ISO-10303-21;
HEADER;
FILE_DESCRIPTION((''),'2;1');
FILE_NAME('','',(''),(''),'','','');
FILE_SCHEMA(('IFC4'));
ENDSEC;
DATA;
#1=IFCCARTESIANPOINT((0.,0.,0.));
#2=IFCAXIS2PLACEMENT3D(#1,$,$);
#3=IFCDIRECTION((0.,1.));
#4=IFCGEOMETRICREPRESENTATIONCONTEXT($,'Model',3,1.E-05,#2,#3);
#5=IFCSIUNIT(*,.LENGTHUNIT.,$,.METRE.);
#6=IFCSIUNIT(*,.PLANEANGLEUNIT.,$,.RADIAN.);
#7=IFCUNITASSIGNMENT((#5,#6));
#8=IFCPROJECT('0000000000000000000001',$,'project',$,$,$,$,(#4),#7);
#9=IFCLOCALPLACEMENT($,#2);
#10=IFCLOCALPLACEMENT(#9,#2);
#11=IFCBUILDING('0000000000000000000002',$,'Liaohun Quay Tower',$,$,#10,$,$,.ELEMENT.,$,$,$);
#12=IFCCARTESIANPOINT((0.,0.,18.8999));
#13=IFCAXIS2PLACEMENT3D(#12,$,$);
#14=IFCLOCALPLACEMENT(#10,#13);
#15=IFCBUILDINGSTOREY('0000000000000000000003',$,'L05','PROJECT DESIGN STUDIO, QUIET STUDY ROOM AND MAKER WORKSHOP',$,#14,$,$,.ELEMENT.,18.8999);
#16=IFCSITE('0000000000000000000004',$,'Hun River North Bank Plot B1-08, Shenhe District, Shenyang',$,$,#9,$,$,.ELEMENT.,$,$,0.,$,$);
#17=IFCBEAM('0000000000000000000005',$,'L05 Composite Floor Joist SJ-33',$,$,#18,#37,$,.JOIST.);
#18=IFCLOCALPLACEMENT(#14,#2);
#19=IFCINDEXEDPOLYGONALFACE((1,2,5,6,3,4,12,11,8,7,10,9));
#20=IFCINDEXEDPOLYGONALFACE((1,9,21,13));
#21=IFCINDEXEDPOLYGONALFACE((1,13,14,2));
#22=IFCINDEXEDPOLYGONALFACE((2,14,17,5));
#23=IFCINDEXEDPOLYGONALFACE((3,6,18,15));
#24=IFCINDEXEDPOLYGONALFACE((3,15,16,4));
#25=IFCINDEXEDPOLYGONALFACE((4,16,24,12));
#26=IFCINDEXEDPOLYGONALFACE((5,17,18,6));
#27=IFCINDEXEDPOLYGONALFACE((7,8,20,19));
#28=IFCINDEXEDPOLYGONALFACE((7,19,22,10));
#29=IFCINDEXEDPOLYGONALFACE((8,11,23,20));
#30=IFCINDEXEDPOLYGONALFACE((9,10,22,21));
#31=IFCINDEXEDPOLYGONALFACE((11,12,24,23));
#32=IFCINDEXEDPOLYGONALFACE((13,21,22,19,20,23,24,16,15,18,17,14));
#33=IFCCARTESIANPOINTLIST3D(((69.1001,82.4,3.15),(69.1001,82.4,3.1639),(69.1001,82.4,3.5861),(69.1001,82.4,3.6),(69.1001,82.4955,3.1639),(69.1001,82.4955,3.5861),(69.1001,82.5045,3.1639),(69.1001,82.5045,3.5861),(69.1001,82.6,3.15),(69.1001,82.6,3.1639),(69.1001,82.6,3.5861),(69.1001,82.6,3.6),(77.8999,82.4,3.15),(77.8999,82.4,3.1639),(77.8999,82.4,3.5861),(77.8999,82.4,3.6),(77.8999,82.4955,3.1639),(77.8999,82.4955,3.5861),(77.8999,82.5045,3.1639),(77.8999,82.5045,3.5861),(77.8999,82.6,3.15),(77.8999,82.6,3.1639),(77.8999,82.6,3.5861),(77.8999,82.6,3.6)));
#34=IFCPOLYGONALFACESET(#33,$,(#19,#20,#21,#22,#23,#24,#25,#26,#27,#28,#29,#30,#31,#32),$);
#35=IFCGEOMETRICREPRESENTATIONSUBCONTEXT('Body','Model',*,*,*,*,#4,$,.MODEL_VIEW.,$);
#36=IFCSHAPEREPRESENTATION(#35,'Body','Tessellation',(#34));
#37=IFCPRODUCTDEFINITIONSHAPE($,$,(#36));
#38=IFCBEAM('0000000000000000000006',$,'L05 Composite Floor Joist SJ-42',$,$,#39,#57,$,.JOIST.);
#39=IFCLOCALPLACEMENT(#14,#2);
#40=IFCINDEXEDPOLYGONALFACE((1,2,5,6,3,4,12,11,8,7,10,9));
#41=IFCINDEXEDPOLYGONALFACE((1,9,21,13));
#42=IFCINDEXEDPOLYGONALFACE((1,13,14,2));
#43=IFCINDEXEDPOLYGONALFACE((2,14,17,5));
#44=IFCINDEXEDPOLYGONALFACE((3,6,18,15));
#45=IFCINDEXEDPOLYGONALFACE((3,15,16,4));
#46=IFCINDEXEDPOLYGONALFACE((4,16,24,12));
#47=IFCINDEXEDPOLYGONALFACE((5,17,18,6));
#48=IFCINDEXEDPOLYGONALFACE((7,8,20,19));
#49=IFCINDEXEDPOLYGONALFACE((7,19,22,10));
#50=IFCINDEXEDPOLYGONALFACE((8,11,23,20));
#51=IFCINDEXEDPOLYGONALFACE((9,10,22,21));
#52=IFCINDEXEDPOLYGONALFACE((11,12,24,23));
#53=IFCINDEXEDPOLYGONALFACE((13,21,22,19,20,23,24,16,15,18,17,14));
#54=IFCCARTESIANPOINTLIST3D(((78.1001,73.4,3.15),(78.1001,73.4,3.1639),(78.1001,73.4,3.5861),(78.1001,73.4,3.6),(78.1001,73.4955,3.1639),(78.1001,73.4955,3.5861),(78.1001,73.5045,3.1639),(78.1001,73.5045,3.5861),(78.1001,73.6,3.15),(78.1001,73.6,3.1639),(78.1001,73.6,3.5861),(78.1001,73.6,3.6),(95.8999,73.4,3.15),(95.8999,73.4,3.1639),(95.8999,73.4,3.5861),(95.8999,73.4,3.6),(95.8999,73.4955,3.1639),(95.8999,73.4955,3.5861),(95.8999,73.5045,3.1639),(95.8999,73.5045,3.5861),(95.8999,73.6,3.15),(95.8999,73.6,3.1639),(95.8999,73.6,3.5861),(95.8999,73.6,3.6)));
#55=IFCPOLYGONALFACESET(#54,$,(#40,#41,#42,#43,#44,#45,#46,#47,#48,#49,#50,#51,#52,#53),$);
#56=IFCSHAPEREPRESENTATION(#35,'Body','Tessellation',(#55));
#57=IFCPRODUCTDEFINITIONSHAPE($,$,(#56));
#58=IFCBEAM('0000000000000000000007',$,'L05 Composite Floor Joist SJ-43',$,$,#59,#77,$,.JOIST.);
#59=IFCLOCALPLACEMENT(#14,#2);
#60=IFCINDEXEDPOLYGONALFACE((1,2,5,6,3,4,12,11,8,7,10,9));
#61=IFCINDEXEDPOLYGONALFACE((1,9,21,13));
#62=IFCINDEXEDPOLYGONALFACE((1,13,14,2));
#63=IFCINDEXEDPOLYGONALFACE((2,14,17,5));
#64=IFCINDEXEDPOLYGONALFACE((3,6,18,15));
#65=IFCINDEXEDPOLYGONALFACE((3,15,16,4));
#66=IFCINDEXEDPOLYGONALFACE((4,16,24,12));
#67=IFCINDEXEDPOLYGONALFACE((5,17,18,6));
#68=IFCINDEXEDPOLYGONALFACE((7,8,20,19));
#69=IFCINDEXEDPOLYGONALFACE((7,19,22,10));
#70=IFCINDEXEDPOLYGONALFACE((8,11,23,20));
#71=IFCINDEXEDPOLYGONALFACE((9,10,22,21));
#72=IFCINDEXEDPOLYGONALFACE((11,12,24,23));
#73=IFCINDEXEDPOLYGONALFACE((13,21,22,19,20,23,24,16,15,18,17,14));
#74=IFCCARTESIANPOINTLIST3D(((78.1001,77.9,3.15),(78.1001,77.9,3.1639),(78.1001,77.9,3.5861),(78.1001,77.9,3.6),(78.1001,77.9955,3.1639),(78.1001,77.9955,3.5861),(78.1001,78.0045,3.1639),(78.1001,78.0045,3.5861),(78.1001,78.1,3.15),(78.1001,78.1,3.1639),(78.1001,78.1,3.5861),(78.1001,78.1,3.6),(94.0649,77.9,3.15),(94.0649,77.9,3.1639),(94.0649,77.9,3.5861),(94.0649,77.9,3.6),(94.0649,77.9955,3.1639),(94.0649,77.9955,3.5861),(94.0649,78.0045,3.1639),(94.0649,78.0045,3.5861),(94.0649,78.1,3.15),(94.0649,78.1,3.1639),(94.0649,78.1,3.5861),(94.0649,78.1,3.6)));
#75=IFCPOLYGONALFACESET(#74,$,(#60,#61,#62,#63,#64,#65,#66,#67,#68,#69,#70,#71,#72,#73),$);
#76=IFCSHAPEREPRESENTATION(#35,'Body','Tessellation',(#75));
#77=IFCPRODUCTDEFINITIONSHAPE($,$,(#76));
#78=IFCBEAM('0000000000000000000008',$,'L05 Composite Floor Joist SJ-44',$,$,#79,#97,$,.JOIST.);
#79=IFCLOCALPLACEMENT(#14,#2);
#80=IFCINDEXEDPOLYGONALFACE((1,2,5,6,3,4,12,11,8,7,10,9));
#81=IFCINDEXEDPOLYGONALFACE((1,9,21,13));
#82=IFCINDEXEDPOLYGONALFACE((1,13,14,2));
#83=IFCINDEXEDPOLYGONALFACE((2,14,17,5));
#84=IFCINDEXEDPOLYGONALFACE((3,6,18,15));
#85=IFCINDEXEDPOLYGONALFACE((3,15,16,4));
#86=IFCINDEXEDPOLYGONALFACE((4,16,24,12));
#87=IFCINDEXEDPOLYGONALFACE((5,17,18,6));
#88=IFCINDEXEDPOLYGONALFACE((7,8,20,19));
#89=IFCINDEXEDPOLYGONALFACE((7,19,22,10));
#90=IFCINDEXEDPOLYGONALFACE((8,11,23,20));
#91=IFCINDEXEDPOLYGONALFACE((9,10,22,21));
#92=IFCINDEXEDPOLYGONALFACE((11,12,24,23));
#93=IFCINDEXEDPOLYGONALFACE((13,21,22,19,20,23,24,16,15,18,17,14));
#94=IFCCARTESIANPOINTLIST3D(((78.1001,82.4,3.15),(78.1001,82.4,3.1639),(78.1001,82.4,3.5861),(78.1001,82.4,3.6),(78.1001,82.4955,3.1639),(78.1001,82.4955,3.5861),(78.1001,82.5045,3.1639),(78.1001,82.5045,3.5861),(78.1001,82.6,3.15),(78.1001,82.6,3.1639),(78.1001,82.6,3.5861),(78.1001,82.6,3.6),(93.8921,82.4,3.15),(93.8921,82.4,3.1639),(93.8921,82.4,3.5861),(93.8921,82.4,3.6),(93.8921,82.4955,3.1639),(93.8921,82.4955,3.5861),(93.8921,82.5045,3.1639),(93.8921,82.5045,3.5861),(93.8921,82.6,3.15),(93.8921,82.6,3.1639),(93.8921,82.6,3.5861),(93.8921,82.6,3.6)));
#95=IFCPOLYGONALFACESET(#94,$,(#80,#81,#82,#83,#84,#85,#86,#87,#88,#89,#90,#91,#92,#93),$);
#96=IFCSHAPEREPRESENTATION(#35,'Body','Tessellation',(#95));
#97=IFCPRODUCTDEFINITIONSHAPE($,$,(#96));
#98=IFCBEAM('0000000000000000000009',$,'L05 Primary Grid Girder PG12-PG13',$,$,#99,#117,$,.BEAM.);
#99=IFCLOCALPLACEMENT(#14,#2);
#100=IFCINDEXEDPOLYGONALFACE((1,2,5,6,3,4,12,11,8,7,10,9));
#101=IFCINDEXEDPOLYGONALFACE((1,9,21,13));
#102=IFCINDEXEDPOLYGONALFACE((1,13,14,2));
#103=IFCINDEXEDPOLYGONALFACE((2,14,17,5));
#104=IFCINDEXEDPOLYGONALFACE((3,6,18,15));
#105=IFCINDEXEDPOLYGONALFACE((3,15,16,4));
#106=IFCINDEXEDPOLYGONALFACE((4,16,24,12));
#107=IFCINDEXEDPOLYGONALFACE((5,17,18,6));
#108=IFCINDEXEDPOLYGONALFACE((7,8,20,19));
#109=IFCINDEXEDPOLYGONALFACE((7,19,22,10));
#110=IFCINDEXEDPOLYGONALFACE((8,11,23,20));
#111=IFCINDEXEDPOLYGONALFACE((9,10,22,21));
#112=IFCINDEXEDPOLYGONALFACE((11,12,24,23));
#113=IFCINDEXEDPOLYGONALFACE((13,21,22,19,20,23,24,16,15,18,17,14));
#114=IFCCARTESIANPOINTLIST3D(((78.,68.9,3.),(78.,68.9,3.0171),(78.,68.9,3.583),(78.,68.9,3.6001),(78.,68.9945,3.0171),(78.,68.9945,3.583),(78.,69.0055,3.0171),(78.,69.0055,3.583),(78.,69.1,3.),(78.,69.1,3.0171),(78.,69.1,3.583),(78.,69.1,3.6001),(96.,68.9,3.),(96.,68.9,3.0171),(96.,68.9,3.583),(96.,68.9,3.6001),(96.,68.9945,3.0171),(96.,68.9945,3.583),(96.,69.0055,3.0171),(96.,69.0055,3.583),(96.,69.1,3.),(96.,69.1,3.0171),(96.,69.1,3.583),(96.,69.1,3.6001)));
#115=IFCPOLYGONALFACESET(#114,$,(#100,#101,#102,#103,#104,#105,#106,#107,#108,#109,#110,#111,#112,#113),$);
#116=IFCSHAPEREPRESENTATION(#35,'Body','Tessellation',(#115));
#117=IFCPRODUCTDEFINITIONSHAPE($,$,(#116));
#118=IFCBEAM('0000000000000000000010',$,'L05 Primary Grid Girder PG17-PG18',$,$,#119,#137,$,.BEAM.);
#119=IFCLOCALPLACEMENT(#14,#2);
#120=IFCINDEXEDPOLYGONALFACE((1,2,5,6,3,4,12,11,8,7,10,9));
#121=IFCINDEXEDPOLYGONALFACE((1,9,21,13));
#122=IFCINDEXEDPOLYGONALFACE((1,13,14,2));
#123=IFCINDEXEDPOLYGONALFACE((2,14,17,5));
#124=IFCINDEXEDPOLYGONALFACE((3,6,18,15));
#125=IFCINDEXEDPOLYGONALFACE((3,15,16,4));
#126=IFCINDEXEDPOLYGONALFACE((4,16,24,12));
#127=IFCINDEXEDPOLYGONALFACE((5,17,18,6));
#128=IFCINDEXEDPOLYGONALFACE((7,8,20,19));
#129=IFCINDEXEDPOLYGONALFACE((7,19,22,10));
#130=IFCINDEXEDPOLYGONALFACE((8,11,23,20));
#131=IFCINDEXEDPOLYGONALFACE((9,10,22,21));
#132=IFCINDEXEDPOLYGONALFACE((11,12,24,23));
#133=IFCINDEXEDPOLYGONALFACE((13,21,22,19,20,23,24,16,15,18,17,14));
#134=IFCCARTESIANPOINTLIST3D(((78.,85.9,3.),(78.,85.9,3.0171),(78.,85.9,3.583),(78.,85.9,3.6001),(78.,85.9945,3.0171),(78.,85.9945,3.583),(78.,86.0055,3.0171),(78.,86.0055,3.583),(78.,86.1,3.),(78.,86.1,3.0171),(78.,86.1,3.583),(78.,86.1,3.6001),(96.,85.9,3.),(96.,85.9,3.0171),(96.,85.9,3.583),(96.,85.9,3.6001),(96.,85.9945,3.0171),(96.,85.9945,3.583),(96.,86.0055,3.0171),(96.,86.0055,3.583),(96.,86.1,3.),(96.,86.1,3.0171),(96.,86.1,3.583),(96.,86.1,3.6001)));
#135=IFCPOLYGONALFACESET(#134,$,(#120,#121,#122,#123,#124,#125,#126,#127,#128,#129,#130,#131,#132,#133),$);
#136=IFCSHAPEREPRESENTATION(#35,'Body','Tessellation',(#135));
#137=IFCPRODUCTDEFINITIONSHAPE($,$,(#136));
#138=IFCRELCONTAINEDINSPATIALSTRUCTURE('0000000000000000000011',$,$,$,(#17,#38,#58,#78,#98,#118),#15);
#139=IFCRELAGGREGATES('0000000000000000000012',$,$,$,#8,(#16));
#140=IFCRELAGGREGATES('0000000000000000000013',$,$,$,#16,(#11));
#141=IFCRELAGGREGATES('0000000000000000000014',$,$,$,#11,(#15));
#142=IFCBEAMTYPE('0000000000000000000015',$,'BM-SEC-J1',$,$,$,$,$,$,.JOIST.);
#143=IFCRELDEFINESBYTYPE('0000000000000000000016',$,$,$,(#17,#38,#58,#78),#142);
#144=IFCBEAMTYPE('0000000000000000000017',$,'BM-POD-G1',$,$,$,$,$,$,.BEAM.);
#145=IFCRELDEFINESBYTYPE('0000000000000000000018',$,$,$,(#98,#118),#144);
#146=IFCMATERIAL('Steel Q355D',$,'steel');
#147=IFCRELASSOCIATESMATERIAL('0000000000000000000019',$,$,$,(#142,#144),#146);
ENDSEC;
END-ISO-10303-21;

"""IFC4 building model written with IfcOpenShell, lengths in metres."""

from ifc_helpers import new_model, si_unit, direction, frame, origin, origin_2d, place, context, subcontext, project, spatial, i_section, extrude, source, transform, mapped, material, material_profile, profile_set, type_object, element, save


model = new_model("IFC4")

# Units and contexts
model_context = context("Model", 3, precision=1e-05, world=origin(), true_north=direction((0.0, 1.0)))
body_context = subcontext(model_context, "Body", "Model", "MODEL_VIEW")
ifc_project = project(units=[si_unit("LENGTHUNIT", "METRE"), si_unit("PLANEANGLEUNIT", "RADIAN")], contexts=[model_context])

# Site, building, storey
site_placement = place(None, origin())
site = spatial("IfcSite", under=ifc_project, at=site_placement, Name="Hun River North Bank Plot B1-08, Shenhe District, Shenyang", CompositionType="ELEMENT", RefElevation=0.0)
building_placement = place(site_placement, origin())
building = spatial("IfcBuilding", under=site, at=building_placement, Name="Liaohun Quay Tower", CompositionType="ELEMENT")
storey_placement = place(building_placement, frame((0.0, 0.0, 18.8999)))
storey = spatial("IfcBuildingStorey", under=building, at=storey_placement, Name="L05", Description="PROJECT DESIGN STUDIO, QUIET STUDY ROOM AND MAKER WORKSHOP", CompositionType="ELEMENT", Elevation=18.8999)

# Beams
ifc_material_1 = material(Name="Steel Q355D", Category="steel")
ifc_material_profile_1 = material_profile(ifc_material_1, i_section(OverallWidth=0.2, OverallDepth=0.45, WebThickness=0.009, FlangeThickness=0.0139, at=origin_2d()), Name="HN450x200x9x14")
ifc_profile_set_1 = profile_set([ifc_material_profile_1], Name="Steel Q355D")
beam_type_1 = type_object("IfcBeamType", Name="BM-SEC-J1", PredefinedType="JOIST", material=ifc_profile_set_1)
shared_shape_1 = source(origin(), body_context, "Body", "SweptSolid", [
    extrude(i_section(OverallWidth=0.2, OverallDepth=0.45, WebThickness=0.009, FlangeThickness=0.0139, at=origin_2d()), origin(), (0.0, 0.0, 1.0), 8.7998),
])
beam_1_placement = place(storey_placement, frame((69.1001, 82.5, 3.375), z_axis=(1.0, 0.0, 0.0), x_axis=(0.0, 1.0, 0.0)))
element("IfcBeam", 1, at=beam_1_placement, inside=storey, type_object=beam_type_1, Name="L05 Composite Floor Joist SJ-33", PredefinedType="JOIST", context=body_context, shape_type="MappedRepresentation", body=[
    mapped(shared_shape_1, transform((0.0, 0.0, 0.0), x_axis=(1.0, 0.0, 0.0), y_axis=(0.0, 1.0, 0.0), z_axis=(0.0, 0.0, 1.0), scale=1.0)),
])
shared_shape_2 = source(origin(), body_context, "Body", "SweptSolid", [
    extrude(i_section(OverallWidth=0.2, OverallDepth=0.45, WebThickness=0.009, FlangeThickness=0.0139, at=origin_2d()), origin(), (0.0, 0.0, 1.0), 17.7998),
])
beam_2_placement = place(storey_placement, frame((78.1001, 73.5, 3.375), z_axis=(1.0, 0.0, 0.0), x_axis=(0.0, 1.0, 0.0)))
element("IfcBeam", 2, at=beam_2_placement, inside=storey, type_object=beam_type_1, Name="L05 Composite Floor Joist SJ-42", PredefinedType="JOIST", context=body_context, shape_type="MappedRepresentation", body=[
    mapped(shared_shape_2, transform((0.0, 0.0, 0.0), x_axis=(1.0, 0.0, 0.0), y_axis=(0.0, 1.0, 0.0), z_axis=(0.0, 0.0, 1.0), scale=1.0)),
])
shared_shape_3 = source(origin(), body_context, "Body", "SweptSolid", [
    extrude(i_section(OverallWidth=0.2, OverallDepth=0.45, WebThickness=0.009, FlangeThickness=0.0139, at=origin_2d()), origin(), (0.0, 0.0, 1.0), 15.9648),
])
beam_3_placement = place(storey_placement, frame((78.1001, 78.0, 3.375), z_axis=(1.0, 0.0, 0.0), x_axis=(0.0, 1.0, 0.0)))
element("IfcBeam", 3, at=beam_3_placement, inside=storey, type_object=beam_type_1, Name="L05 Composite Floor Joist SJ-43", PredefinedType="JOIST", context=body_context, shape_type="MappedRepresentation", body=[
    mapped(shared_shape_3, transform((0.0, 0.0, 0.0), x_axis=(1.0, 0.0, 0.0), y_axis=(0.0, 1.0, 0.0), z_axis=(0.0, 0.0, 1.0), scale=1.0)),
])
shared_shape_4 = source(origin(), body_context, "Body", "SweptSolid", [
    extrude(i_section(OverallWidth=0.2, OverallDepth=0.45, WebThickness=0.009, FlangeThickness=0.0139, at=origin_2d()), origin(), (0.0, 0.0, 1.0), 15.792),
])
beam_4_placement = place(storey_placement, frame((78.1001, 82.5, 3.375), z_axis=(1.0, 0.0, 0.0), x_axis=(0.0, 1.0, 0.0)))
element("IfcBeam", 4, at=beam_4_placement, inside=storey, type_object=beam_type_1, Name="L05 Composite Floor Joist SJ-44", PredefinedType="JOIST", context=body_context, shape_type="MappedRepresentation", body=[
    mapped(shared_shape_4, transform((0.0, 0.0, 0.0), x_axis=(1.0, 0.0, 0.0), y_axis=(0.0, 1.0, 0.0), z_axis=(0.0, 0.0, 1.0), scale=1.0)),
])
ifc_material_profile_2 = material_profile(ifc_material_1, i_section(OverallWidth=0.2, OverallDepth=0.6001, WebThickness=0.011, FlangeThickness=0.0171, at=origin_2d()), Name="HN600x200x11x17")
ifc_profile_set_2 = profile_set([ifc_material_profile_2], Name="Steel Q355D")
beam_type_2 = type_object("IfcBeamType", Name="BM-POD-G1", PredefinedType="BEAM", material=ifc_profile_set_2)
shared_shape_5 = source(origin(), body_context, "Body", "SweptSolid", [
    extrude(i_section(OverallWidth=0.2, OverallDepth=0.6001, WebThickness=0.011, FlangeThickness=0.0171, at=origin_2d()), origin(), (0.0, 0.0, 1.0), 18.0),
])
for number, where, z_axis, x_axis, name in (
    (5, (78.0, 69.0, 3.3), (1.0, 0.0, 0.0), (0.0, 1.0, 0.0), "L05 Primary Grid Girder PG12-PG13"),
    (6, (78.0, 86.0, 3.3), (1.0, 0.0, 0.0), (0.0, 1.0, 0.0), "L05 Primary Grid Girder PG17-PG18"),
):
    element("IfcBeam", number, at=place(storey_placement, frame(where, z_axis=z_axis, x_axis=x_axis)), inside=storey, type_object=beam_type_2, Name=name, PredefinedType="BEAM", context=body_context, shape_type="MappedRepresentation", body=[
        mapped(shared_shape_5, transform((0.0, 0.0, 0.0), x_axis=(1.0, 0.0, 0.0), y_axis=(0.0, 1.0, 0.0), z_axis=(0.0, 0.0, 1.0), scale=1.0)),
    ])

save(model, "model.ifc")
